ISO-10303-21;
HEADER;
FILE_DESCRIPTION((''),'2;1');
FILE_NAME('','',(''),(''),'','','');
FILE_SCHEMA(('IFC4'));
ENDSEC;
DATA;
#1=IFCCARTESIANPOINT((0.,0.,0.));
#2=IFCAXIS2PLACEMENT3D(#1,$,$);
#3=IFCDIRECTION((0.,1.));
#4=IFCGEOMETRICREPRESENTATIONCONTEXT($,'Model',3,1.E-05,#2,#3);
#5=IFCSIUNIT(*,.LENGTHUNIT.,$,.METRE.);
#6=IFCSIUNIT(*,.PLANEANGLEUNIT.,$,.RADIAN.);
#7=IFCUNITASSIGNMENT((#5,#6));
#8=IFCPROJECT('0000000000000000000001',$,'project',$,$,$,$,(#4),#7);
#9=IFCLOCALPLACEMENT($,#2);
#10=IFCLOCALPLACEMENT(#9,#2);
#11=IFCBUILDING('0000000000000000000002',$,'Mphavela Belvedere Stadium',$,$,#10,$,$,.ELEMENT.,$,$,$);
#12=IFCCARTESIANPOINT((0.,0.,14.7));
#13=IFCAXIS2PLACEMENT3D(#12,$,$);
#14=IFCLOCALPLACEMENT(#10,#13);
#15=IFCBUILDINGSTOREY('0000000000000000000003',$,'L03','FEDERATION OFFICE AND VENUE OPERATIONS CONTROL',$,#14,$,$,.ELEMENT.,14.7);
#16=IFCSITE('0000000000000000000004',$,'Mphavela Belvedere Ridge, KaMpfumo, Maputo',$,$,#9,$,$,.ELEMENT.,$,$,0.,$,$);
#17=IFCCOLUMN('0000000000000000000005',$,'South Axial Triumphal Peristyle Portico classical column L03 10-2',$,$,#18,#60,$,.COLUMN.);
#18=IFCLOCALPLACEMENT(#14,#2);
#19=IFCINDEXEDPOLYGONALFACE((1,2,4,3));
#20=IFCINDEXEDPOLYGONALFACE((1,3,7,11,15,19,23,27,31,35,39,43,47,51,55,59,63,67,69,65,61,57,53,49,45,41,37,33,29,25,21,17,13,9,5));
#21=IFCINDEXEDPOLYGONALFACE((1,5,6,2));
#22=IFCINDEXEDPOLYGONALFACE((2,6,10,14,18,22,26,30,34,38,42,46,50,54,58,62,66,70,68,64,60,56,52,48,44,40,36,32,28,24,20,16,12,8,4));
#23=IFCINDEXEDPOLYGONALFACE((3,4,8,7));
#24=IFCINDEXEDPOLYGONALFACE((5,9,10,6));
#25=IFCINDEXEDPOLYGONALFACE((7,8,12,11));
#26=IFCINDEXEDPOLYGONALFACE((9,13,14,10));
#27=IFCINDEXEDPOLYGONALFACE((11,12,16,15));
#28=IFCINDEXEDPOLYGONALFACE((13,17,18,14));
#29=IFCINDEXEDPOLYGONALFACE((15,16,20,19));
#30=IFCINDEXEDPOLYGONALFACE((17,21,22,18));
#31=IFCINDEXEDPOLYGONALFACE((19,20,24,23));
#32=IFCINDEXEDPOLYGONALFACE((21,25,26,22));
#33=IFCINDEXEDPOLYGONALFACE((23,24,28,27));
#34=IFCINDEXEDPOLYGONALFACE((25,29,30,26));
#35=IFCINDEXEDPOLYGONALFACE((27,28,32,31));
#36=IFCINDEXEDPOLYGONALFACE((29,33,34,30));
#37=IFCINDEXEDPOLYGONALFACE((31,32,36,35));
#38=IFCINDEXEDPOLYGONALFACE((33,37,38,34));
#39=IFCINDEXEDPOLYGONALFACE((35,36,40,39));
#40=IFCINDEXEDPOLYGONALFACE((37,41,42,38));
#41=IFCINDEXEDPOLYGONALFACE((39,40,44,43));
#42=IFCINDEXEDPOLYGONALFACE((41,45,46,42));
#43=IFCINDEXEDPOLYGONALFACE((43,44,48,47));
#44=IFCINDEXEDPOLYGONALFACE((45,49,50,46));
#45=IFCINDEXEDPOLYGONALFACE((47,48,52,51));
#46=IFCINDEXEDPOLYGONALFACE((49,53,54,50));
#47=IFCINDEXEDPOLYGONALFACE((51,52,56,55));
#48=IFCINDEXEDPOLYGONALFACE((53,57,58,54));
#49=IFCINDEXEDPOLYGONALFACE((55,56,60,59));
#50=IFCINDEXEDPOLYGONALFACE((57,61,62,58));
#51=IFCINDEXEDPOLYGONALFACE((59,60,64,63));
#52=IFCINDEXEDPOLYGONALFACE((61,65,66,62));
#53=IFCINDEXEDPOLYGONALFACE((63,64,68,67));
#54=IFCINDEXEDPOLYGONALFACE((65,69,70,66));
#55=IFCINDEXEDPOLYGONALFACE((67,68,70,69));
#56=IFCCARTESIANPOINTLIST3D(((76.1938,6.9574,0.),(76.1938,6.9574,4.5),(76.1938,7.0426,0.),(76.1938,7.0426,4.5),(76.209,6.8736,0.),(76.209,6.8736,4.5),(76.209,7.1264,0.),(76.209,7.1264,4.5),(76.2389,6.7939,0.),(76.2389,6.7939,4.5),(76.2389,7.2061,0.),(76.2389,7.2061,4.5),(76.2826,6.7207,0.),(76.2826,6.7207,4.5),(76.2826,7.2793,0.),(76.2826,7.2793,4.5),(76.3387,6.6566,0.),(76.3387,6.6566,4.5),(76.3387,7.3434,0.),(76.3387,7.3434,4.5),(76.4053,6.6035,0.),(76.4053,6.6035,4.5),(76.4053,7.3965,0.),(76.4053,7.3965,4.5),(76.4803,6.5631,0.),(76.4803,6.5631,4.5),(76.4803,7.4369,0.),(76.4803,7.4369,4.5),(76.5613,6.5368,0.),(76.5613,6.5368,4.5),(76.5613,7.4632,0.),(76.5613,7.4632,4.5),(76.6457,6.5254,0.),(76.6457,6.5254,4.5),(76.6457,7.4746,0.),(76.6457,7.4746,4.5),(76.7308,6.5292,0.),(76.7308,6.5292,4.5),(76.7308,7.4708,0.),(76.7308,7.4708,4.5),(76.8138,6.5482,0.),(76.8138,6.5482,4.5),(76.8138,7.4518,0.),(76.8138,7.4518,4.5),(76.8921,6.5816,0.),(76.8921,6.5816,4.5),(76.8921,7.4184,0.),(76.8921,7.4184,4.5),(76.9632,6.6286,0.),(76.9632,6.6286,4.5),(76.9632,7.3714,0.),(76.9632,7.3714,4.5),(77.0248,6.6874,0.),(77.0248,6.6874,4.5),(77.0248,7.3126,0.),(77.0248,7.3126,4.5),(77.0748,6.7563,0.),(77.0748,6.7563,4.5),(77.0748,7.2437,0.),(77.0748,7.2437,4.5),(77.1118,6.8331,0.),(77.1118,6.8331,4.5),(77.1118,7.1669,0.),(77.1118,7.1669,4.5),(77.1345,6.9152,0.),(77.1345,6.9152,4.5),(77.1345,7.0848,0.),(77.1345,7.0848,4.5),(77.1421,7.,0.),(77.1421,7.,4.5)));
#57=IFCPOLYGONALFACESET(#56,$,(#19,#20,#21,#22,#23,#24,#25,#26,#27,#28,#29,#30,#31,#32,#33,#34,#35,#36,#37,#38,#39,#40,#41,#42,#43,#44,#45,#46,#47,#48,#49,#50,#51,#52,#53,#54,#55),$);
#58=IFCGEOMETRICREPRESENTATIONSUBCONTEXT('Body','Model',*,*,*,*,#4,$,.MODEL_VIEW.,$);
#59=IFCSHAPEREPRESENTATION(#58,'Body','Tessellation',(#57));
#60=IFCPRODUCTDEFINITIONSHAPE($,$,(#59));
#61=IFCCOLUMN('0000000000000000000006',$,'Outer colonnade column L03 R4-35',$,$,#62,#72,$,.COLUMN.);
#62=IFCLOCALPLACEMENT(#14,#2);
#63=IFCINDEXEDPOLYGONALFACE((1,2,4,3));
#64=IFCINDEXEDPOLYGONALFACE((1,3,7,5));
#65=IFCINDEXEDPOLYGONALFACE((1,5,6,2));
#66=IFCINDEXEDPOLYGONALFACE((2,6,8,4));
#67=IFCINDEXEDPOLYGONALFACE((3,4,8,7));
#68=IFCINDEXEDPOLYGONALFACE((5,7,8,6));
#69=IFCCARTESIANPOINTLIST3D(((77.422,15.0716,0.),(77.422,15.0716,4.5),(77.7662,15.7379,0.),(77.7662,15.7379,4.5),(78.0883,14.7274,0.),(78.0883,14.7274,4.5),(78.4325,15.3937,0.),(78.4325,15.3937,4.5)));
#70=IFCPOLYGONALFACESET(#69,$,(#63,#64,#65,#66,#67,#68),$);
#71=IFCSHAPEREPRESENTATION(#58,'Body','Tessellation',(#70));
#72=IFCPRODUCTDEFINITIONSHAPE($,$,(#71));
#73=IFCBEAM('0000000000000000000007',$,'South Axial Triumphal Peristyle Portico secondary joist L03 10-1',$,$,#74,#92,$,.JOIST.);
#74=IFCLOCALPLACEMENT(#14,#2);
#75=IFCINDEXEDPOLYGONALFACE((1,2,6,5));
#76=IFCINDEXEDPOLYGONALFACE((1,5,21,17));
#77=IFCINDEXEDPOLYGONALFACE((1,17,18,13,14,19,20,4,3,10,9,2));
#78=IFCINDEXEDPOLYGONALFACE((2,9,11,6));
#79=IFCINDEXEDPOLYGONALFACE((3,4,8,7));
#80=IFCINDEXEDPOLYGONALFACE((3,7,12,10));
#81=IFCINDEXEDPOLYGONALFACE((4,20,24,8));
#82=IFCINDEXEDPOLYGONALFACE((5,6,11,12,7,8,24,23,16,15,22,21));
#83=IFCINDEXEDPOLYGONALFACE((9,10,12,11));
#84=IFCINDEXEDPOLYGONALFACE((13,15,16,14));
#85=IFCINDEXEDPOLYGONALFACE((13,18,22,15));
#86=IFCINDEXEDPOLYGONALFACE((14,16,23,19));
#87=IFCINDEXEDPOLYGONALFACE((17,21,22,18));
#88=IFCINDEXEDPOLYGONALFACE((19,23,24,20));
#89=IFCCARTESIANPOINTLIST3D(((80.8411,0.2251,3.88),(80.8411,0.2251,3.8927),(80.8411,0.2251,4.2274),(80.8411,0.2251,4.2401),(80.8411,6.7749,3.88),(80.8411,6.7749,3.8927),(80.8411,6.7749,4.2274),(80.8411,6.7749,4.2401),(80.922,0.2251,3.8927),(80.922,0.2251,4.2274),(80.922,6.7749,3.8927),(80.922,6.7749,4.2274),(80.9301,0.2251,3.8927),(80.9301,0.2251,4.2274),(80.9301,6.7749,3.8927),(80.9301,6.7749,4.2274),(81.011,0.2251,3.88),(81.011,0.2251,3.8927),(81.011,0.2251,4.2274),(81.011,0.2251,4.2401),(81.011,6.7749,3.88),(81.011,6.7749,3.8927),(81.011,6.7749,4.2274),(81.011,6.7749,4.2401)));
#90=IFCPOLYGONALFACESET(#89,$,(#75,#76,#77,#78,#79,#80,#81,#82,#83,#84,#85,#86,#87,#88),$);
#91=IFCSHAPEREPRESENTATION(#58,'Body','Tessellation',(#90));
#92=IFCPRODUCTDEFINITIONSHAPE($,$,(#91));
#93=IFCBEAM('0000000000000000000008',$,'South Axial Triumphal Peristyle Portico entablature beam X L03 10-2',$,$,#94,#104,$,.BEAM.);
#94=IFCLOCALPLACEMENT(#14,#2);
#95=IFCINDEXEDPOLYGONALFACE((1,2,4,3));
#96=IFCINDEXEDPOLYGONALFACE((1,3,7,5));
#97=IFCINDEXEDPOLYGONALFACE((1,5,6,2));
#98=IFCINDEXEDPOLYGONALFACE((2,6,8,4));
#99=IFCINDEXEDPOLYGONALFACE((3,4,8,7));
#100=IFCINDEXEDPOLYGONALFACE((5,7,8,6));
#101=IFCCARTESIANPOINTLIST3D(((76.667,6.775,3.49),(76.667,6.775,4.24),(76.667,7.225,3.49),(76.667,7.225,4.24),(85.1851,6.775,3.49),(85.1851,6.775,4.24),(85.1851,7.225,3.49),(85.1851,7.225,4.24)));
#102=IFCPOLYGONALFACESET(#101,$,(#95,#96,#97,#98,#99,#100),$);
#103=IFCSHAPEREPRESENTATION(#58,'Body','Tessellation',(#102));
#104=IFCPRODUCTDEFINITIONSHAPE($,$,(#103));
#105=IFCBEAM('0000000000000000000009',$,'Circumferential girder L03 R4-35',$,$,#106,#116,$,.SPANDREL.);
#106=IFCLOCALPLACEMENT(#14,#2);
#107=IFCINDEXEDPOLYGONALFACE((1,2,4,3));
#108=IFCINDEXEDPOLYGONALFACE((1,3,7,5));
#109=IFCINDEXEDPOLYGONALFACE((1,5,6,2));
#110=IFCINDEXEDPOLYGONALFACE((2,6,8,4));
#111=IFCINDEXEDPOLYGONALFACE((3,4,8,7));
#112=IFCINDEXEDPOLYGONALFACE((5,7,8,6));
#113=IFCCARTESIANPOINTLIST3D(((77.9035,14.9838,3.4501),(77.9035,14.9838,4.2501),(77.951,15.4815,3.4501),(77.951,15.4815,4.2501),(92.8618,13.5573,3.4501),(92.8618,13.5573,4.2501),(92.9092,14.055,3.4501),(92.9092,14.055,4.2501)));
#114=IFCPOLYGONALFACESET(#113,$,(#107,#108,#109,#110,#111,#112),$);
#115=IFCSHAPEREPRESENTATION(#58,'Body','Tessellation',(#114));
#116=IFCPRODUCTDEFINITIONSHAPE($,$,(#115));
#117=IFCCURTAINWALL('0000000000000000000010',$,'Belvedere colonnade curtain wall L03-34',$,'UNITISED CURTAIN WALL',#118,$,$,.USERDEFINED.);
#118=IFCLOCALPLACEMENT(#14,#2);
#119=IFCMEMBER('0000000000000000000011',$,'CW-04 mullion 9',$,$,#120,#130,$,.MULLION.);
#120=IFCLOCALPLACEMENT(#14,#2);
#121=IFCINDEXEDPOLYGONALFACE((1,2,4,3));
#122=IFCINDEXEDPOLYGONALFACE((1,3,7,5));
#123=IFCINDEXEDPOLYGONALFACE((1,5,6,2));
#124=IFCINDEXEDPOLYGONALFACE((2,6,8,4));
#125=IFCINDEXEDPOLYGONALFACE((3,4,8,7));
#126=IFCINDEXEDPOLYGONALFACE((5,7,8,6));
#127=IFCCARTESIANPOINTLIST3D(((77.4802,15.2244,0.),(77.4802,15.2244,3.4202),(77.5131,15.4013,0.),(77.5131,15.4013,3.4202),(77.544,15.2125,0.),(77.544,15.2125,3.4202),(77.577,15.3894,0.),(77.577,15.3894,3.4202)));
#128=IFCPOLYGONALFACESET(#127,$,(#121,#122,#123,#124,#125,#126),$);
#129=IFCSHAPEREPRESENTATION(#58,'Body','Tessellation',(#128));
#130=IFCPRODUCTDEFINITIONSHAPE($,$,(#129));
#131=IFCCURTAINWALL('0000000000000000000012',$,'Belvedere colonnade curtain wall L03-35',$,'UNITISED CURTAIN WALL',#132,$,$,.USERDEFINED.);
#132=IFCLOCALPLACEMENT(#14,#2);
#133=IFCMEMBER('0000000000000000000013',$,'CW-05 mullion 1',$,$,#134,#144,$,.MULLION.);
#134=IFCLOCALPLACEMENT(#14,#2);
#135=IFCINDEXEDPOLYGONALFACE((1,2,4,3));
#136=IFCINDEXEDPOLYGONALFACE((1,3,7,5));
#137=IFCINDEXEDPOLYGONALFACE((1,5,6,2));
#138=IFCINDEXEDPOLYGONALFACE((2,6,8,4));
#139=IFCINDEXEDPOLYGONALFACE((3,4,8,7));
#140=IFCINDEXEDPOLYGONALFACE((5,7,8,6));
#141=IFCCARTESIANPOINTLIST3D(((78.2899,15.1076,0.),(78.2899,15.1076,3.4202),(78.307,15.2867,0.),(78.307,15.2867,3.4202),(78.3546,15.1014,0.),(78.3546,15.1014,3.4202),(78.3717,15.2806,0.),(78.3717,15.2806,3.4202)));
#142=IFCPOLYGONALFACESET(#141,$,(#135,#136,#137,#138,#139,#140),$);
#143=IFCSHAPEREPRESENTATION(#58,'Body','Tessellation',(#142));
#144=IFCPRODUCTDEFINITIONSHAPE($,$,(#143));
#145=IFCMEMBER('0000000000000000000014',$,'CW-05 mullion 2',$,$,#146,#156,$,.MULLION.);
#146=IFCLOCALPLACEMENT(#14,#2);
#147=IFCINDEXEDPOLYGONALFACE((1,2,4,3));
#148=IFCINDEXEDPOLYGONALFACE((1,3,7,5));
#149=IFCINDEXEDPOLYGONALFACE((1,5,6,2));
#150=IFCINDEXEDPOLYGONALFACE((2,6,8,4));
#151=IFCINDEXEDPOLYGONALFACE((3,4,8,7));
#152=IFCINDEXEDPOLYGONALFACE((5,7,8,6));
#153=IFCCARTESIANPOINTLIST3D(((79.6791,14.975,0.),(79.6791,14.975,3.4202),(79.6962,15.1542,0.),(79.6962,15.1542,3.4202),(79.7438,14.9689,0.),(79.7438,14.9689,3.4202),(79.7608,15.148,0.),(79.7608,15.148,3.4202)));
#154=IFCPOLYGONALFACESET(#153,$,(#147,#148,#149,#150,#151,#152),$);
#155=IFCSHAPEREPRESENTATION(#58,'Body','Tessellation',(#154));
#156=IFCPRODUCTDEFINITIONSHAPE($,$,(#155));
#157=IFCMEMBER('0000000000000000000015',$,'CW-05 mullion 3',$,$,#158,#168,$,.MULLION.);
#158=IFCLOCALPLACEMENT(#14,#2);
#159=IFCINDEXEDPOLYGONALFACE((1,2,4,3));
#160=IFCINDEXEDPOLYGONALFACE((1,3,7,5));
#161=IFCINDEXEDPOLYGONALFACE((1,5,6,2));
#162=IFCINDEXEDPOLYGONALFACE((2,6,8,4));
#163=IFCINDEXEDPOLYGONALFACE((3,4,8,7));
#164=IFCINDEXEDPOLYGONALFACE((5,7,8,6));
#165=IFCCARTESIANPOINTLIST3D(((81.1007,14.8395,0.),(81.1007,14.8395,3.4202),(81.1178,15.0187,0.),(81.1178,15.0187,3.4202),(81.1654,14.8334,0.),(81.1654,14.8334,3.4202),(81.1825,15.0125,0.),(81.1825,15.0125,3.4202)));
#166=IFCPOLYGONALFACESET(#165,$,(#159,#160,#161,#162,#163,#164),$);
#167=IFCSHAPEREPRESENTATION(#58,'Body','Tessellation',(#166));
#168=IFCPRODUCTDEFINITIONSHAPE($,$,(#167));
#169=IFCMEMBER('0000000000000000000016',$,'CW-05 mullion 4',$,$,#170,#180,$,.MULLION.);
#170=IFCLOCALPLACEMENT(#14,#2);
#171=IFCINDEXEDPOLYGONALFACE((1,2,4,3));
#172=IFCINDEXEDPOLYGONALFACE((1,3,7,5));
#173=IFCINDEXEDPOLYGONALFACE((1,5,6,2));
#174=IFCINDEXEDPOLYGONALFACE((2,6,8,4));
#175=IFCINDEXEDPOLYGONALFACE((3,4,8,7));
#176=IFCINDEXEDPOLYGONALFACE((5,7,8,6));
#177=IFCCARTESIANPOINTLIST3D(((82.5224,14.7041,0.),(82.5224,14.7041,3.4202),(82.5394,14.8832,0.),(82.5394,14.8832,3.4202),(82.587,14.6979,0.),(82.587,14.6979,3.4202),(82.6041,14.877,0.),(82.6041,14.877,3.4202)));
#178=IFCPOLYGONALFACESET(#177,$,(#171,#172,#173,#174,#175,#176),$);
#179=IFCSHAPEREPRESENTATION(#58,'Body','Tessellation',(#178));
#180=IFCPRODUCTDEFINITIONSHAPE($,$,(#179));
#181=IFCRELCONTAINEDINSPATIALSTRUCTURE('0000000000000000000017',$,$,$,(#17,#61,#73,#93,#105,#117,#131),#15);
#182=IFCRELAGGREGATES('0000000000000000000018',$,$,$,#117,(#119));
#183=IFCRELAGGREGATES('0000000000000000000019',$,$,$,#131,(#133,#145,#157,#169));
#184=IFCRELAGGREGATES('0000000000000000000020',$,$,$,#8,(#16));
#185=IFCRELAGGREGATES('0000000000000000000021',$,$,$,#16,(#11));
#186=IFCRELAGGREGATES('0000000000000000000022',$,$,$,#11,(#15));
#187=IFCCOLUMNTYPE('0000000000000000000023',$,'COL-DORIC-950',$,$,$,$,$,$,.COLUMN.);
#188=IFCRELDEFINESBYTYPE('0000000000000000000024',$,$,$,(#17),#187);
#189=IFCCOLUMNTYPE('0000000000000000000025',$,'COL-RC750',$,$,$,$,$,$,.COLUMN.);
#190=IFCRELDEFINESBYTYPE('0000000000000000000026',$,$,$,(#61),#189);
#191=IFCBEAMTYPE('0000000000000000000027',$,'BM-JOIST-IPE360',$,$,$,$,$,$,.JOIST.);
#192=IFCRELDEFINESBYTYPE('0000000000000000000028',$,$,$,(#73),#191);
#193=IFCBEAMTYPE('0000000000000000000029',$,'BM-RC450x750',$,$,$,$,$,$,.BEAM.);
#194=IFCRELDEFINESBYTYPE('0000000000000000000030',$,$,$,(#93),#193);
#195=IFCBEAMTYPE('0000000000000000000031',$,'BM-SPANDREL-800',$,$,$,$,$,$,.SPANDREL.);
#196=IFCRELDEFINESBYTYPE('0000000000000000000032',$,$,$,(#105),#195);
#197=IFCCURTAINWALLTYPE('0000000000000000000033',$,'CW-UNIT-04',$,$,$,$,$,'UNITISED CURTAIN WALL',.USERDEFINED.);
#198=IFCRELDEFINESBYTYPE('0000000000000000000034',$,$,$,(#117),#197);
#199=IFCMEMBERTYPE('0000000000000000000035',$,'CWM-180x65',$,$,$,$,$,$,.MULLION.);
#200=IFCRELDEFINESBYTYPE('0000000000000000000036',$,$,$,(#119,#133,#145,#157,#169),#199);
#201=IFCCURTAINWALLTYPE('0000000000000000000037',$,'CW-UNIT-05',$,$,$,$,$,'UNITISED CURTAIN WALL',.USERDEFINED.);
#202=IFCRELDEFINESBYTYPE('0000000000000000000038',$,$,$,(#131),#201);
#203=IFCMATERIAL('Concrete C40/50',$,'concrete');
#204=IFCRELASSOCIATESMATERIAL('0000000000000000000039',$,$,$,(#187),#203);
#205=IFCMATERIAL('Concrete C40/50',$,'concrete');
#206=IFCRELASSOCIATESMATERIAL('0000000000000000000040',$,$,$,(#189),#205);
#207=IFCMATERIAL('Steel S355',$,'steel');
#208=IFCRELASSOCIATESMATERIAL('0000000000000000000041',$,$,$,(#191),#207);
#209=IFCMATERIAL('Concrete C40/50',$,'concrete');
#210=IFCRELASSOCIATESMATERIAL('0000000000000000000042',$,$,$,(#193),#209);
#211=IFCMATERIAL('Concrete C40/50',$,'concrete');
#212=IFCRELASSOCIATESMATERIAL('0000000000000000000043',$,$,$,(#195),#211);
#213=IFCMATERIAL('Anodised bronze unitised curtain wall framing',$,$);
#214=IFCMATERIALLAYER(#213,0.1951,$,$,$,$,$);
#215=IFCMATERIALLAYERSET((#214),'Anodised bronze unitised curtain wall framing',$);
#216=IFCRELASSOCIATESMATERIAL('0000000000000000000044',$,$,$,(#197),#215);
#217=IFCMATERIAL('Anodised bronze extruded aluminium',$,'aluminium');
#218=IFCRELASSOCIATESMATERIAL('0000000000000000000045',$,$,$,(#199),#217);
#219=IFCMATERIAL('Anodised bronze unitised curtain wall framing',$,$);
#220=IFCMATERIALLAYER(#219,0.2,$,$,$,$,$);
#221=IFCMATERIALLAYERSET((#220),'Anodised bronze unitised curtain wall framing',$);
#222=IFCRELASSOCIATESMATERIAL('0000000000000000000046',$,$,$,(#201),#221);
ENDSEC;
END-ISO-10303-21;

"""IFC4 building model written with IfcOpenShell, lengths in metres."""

from ifc_helpers import new_model, si_unit, direction, frame, origin, origin_2d, place, context, subcontext, project, spatial, rectangle, circle, i_section, extrude, material, layer, layer_set, material_profile, profile_set, type_object, element, aggregate, save


model = new_model("IFC4")

# Units and contexts
model_context = context("Model", 3, precision=1e-05, world=origin(), true_north=direction((0.0, 1.0)))
body_context = subcontext(model_context, "Body", "Model", "MODEL_VIEW")
ifc_project = project(units=[si_unit("LENGTHUNIT", "METRE"), si_unit("PLANEANGLEUNIT", "RADIAN")], contexts=[model_context])

# Site, building, storey
site_placement = place(None, origin())
site = spatial("IfcSite", under=ifc_project, at=site_placement, Name="Mphavela Belvedere Ridge, KaMpfumo, Maputo", CompositionType="ELEMENT", RefElevation=0.0)
building_placement = place(site_placement, origin())
building = spatial("IfcBuilding", under=site, at=building_placement, Name="Mphavela Belvedere Stadium", CompositionType="ELEMENT")
storey_placement = place(building_placement, frame((0.0, 0.0, 14.7)))
storey = spatial("IfcBuildingStorey", under=building, at=storey_placement, Name="L03", Description="FEDERATION OFFICE AND VENUE OPERATIONS CONTROL", CompositionType="ELEMENT", Elevation=14.7)

# Columns
ifc_material_1 = material(Name="Concrete C40/50", Category="concrete")
ifc_material_profile_1 = material_profile(ifc_material_1, circle(Radius=0.4751, at=origin_2d()), Name="COL D950")
ifc_profile_set_1 = profile_set([ifc_material_profile_1], Name="Concrete C40/50")
column_type_1 = type_object("IfcColumnType", Name="COL-DORIC-950", PredefinedType="COLUMN", material=ifc_profile_set_1)
column_1_placement = place(storey_placement, frame((76.667, 7.0, 0.0), z_axis=(0.0, 0.0, 1.0), x_axis=(1.0, 0.0, 0.0)))
element("IfcColumn", 1, at=column_1_placement, inside=storey, type_object=column_type_1, Name="South Axial Triumphal Peristyle Portico classical column L03 10-2", PredefinedType="COLUMN", context=body_context, shape_type="SweptSolid", body=[
    extrude(circle(Radius=0.4751, at=origin_2d()), origin(), (0.0, 0.0, 1.0), 4.5),
])
ifc_material_2 = material(Name="Concrete C40/50", Category="concrete")
ifc_material_profile_2 = material_profile(ifc_material_2, rectangle(XDim=0.75, YDim=0.75, at=origin_2d()), Name="RC 750x750")
ifc_profile_set_2 = profile_set([ifc_material_profile_2], Name="Concrete C40/50")
column_type_2 = type_object("IfcColumnType", Name="COL-RC750", PredefinedType="COLUMN", material=ifc_profile_set_2)
column_2_placement = place(storey_placement, frame((77.9272, 15.2327, 0.0), z_axis=(0.0, 0.0, 1.0), x_axis=(-0.45896, -0.888457, 0.0)))
element("IfcColumn", 2, at=column_2_placement, inside=storey, type_object=column_type_2, Name="Outer colonnade column L03 R4-35", PredefinedType="COLUMN", context=body_context, shape_type="SweptSolid", body=[
    extrude(rectangle(XDim=0.75, YDim=0.75, at=origin_2d()), origin(), (0.0, 0.0, 1.0), 4.5),
])

# Beams
ifc_material_3 = material(Name="Steel S355", Category="steel")
ifc_material_profile_3 = material_profile(ifc_material_3, i_section(OverallWidth=0.1699, OverallDepth=0.3601, WebThickness=0.0081, FlangeThickness=0.0127, at=origin_2d()), Name="IPE 360")
ifc_profile_set_3 = profile_set([ifc_material_profile_3], Name="Steel S355")
beam_type_1 = type_object("IfcBeamType", Name="BM-JOIST-IPE360", PredefinedType="JOIST", material=ifc_profile_set_3)
beam_1_placement = place(storey_placement, frame((80.926, 0.2251, 4.0601), z_axis=(0.0, 1.0, 0.0), x_axis=(-1.0, 0.0, 0.0)))
element("IfcBeam", 3, at=beam_1_placement, inside=storey, type_object=beam_type_1, Name="South Axial Triumphal Peristyle Portico secondary joist L03 10-1", PredefinedType="JOIST", context=body_context, shape_type="SweptSolid", body=[
    extrude(i_section(OverallWidth=0.1699, OverallDepth=0.3601, WebThickness=0.0081, FlangeThickness=0.0127, at=origin_2d()), origin(), (0.0, 0.0, 1.0), 6.5498),
])
ifc_material_4 = material(Name="Concrete C40/50", Category="concrete")
ifc_material_profile_4 = material_profile(ifc_material_4, rectangle(XDim=0.45, YDim=0.75, at=origin_2d()), Name="RC 450x750")
ifc_profile_set_4 = profile_set([ifc_material_profile_4], Name="Concrete C40/50")
beam_type_2 = type_object("IfcBeamType", Name="BM-RC450x750", PredefinedType="BEAM", material=ifc_profile_set_4)
beam_2_placement = place(storey_placement, frame((76.667, 7.0, 3.865), z_axis=(1.0, 0.0, 0.0), x_axis=(0.0, 1.0, 0.0)))
element("IfcBeam", 4, at=beam_2_placement, inside=storey, type_object=beam_type_2, Name="South Axial Triumphal Peristyle Portico entablature beam X L03 10-2", PredefinedType="BEAM", context=body_context, shape_type="SweptSolid", body=[
    extrude(rectangle(XDim=0.45, YDim=0.75, at=origin_2d()), origin(), (0.0, 0.0, 1.0), 8.5181),
])
ifc_material_5 = material(Name="Concrete C40/50", Category="concrete")
ifc_material_profile_5 = material_profile(ifc_material_5, rectangle(XDim=0.5, YDim=0.8, at=origin_2d()), Name="RC 500x800")
ifc_profile_set_5 = profile_set([ifc_material_profile_5], Name="Concrete C40/50")
beam_type_3 = type_object("IfcBeamType", Name="BM-SPANDREL-800", PredefinedType="SPANDREL", material=ifc_profile_set_5)
beam_3_placement = place(storey_placement, frame((77.9272, 15.2327, 3.8501), z_axis=(0.995483, -0.094936, 0.0), x_axis=(0.094936, 0.995483, 0.0)))
element("IfcBeam", 5, at=beam_3_placement, inside=storey, type_object=beam_type_3, Name="Circumferential girder L03 R4-35", PredefinedType="SPANDREL", context=body_context, shape_type="SweptSolid", body=[
    extrude(rectangle(XDim=0.5, YDim=0.8, at=origin_2d()), origin(), (0.0, 0.0, 1.0), 15.0261),
])

# Curtain wall, member
ifc_material_6 = material(Name="Anodised bronze unitised curtain wall framing")
ifc_layer_1 = layer(ifc_material_6, 0.1951)
ifc_layer_set_1 = layer_set([ifc_layer_1], Name="Anodised bronze unitised curtain wall framing")
curtain_wall_type_1 = type_object("IfcCurtainWallType", Name="CW-UNIT-04", ElementType="UNITISED CURTAIN WALL", PredefinedType="USERDEFINED", material=ifc_layer_set_1)
curtain_wall_1_placement = place(storey_placement, origin())
curtain_wall_1 = element("IfcCurtainWall", 6, at=curtain_wall_1_placement, inside=storey, type_object=curtain_wall_type_1, Name="Belvedere colonnade curtain wall L03-34", ObjectType="UNITISED CURTAIN WALL", PredefinedType="USERDEFINED")
ifc_material_7 = material(Name="Anodised bronze extruded aluminium", Category="aluminium")
ifc_material_profile_6 = material_profile(ifc_material_7, rectangle(XDim=0.1799, YDim=0.0649, at=origin_2d()), Name="CW-MUL 180x65")
ifc_profile_set_6 = profile_set([ifc_material_profile_6], Name="Anodised bronze extruded aluminium")
member_type_1 = type_object("IfcMemberType", Name="CWM-180x65", PredefinedType="MULLION", material=ifc_profile_set_6)
member_1_placement = place(storey_placement, frame((77.5286, 15.3069, 0.0), z_axis=(0.0, 0.0, 1.0), x_axis=(0.183088, 0.983097, 0.0)))
member_1 = element("IfcMember", 7, at=member_1_placement, type_object=member_type_1, Name="CW-04 mullion 9", PredefinedType="MULLION", context=body_context, shape_type="SweptSolid", body=[
    extrude(rectangle(XDim=0.1799, YDim=0.0649, at=origin_2d()), origin(), (0.0, 0.0, 1.0), 3.4202),
])

# Curtain wall, members
ifc_material_8 = material(Name="Anodised bronze unitised curtain wall framing")
ifc_layer_2 = layer(ifc_material_8, 0.2)
ifc_layer_set_2 = layer_set([ifc_layer_2], Name="Anodised bronze unitised curtain wall framing")
curtain_wall_type_2 = type_object("IfcCurtainWallType", Name="CW-UNIT-05", ElementType="UNITISED CURTAIN WALL", PredefinedType="USERDEFINED", material=ifc_layer_set_2)
curtain_wall_2_placement = place(storey_placement, origin())
curtain_wall_2 = element("IfcCurtainWall", 8, at=curtain_wall_2_placement, inside=storey, type_object=curtain_wall_type_2, Name="Belvedere colonnade curtain wall L03-35", ObjectType="UNITISED CURTAIN WALL", PredefinedType="USERDEFINED")
member_2_placement = place(storey_placement, frame((78.3308, 15.1941, 0.0), z_axis=(0.0, 0.0, 1.0), x_axis=(0.094929, 0.995484, 0.0)))
member_2 = element("IfcMember", 9, at=member_2_placement, type_object=member_type_1, Name="CW-05 mullion 1", PredefinedType="MULLION", context=body_context, shape_type="SweptSolid", body=[
    extrude(rectangle(XDim=0.1799, YDim=0.0649, at=origin_2d()), origin(), (0.0, 0.0, 1.0), 3.4202),
])
member_3_placement = place(storey_placement, frame((79.72, 15.0615, 0.0), z_axis=(0.0, 0.0, 1.0), x_axis=(0.094929, 0.995484, 0.0)))
member_3 = element("IfcMember", 10, at=member_3_placement, type_object=member_type_1, Name="CW-05 mullion 2", PredefinedType="MULLION", context=body_context, shape_type="SweptSolid", body=[
    extrude(rectangle(XDim=0.1799, YDim=0.0649, at=origin_2d()), origin(), (0.0, 0.0, 1.0), 3.4202),
])
member_4_placement = place(storey_placement, frame((81.1416, 14.926, 0.0), z_axis=(0.0, 0.0, 1.0), x_axis=(0.094929, 0.995484, 0.0)))
member_4 = element("IfcMember", 11, at=member_4_placement, type_object=member_type_1, Name="CW-05 mullion 3", PredefinedType="MULLION", context=body_context, shape_type="SweptSolid", body=[
    extrude(rectangle(XDim=0.1799, YDim=0.0649, at=origin_2d()), origin(), (0.0, 0.0, 1.0), 3.4202),
])
member_5_placement = place(storey_placement, frame((82.5632, 14.7905, 0.0), z_axis=(0.0, 0.0, 1.0), x_axis=(0.094929, 0.995484, 0.0)))
member_5 = element("IfcMember", 12, at=member_5_placement, type_object=member_type_1, Name="CW-05 mullion 4", PredefinedType="MULLION", context=body_context, shape_type="SweptSolid", body=[
    extrude(rectangle(XDim=0.1799, YDim=0.0649, at=origin_2d()), origin(), (0.0, 0.0, 1.0), 3.4202),
])

aggregate(curtain_wall_1, [member_1])
aggregate(curtain_wall_2, [member_2, member_3, member_4, member_5])

save(model, "model.ifc")
